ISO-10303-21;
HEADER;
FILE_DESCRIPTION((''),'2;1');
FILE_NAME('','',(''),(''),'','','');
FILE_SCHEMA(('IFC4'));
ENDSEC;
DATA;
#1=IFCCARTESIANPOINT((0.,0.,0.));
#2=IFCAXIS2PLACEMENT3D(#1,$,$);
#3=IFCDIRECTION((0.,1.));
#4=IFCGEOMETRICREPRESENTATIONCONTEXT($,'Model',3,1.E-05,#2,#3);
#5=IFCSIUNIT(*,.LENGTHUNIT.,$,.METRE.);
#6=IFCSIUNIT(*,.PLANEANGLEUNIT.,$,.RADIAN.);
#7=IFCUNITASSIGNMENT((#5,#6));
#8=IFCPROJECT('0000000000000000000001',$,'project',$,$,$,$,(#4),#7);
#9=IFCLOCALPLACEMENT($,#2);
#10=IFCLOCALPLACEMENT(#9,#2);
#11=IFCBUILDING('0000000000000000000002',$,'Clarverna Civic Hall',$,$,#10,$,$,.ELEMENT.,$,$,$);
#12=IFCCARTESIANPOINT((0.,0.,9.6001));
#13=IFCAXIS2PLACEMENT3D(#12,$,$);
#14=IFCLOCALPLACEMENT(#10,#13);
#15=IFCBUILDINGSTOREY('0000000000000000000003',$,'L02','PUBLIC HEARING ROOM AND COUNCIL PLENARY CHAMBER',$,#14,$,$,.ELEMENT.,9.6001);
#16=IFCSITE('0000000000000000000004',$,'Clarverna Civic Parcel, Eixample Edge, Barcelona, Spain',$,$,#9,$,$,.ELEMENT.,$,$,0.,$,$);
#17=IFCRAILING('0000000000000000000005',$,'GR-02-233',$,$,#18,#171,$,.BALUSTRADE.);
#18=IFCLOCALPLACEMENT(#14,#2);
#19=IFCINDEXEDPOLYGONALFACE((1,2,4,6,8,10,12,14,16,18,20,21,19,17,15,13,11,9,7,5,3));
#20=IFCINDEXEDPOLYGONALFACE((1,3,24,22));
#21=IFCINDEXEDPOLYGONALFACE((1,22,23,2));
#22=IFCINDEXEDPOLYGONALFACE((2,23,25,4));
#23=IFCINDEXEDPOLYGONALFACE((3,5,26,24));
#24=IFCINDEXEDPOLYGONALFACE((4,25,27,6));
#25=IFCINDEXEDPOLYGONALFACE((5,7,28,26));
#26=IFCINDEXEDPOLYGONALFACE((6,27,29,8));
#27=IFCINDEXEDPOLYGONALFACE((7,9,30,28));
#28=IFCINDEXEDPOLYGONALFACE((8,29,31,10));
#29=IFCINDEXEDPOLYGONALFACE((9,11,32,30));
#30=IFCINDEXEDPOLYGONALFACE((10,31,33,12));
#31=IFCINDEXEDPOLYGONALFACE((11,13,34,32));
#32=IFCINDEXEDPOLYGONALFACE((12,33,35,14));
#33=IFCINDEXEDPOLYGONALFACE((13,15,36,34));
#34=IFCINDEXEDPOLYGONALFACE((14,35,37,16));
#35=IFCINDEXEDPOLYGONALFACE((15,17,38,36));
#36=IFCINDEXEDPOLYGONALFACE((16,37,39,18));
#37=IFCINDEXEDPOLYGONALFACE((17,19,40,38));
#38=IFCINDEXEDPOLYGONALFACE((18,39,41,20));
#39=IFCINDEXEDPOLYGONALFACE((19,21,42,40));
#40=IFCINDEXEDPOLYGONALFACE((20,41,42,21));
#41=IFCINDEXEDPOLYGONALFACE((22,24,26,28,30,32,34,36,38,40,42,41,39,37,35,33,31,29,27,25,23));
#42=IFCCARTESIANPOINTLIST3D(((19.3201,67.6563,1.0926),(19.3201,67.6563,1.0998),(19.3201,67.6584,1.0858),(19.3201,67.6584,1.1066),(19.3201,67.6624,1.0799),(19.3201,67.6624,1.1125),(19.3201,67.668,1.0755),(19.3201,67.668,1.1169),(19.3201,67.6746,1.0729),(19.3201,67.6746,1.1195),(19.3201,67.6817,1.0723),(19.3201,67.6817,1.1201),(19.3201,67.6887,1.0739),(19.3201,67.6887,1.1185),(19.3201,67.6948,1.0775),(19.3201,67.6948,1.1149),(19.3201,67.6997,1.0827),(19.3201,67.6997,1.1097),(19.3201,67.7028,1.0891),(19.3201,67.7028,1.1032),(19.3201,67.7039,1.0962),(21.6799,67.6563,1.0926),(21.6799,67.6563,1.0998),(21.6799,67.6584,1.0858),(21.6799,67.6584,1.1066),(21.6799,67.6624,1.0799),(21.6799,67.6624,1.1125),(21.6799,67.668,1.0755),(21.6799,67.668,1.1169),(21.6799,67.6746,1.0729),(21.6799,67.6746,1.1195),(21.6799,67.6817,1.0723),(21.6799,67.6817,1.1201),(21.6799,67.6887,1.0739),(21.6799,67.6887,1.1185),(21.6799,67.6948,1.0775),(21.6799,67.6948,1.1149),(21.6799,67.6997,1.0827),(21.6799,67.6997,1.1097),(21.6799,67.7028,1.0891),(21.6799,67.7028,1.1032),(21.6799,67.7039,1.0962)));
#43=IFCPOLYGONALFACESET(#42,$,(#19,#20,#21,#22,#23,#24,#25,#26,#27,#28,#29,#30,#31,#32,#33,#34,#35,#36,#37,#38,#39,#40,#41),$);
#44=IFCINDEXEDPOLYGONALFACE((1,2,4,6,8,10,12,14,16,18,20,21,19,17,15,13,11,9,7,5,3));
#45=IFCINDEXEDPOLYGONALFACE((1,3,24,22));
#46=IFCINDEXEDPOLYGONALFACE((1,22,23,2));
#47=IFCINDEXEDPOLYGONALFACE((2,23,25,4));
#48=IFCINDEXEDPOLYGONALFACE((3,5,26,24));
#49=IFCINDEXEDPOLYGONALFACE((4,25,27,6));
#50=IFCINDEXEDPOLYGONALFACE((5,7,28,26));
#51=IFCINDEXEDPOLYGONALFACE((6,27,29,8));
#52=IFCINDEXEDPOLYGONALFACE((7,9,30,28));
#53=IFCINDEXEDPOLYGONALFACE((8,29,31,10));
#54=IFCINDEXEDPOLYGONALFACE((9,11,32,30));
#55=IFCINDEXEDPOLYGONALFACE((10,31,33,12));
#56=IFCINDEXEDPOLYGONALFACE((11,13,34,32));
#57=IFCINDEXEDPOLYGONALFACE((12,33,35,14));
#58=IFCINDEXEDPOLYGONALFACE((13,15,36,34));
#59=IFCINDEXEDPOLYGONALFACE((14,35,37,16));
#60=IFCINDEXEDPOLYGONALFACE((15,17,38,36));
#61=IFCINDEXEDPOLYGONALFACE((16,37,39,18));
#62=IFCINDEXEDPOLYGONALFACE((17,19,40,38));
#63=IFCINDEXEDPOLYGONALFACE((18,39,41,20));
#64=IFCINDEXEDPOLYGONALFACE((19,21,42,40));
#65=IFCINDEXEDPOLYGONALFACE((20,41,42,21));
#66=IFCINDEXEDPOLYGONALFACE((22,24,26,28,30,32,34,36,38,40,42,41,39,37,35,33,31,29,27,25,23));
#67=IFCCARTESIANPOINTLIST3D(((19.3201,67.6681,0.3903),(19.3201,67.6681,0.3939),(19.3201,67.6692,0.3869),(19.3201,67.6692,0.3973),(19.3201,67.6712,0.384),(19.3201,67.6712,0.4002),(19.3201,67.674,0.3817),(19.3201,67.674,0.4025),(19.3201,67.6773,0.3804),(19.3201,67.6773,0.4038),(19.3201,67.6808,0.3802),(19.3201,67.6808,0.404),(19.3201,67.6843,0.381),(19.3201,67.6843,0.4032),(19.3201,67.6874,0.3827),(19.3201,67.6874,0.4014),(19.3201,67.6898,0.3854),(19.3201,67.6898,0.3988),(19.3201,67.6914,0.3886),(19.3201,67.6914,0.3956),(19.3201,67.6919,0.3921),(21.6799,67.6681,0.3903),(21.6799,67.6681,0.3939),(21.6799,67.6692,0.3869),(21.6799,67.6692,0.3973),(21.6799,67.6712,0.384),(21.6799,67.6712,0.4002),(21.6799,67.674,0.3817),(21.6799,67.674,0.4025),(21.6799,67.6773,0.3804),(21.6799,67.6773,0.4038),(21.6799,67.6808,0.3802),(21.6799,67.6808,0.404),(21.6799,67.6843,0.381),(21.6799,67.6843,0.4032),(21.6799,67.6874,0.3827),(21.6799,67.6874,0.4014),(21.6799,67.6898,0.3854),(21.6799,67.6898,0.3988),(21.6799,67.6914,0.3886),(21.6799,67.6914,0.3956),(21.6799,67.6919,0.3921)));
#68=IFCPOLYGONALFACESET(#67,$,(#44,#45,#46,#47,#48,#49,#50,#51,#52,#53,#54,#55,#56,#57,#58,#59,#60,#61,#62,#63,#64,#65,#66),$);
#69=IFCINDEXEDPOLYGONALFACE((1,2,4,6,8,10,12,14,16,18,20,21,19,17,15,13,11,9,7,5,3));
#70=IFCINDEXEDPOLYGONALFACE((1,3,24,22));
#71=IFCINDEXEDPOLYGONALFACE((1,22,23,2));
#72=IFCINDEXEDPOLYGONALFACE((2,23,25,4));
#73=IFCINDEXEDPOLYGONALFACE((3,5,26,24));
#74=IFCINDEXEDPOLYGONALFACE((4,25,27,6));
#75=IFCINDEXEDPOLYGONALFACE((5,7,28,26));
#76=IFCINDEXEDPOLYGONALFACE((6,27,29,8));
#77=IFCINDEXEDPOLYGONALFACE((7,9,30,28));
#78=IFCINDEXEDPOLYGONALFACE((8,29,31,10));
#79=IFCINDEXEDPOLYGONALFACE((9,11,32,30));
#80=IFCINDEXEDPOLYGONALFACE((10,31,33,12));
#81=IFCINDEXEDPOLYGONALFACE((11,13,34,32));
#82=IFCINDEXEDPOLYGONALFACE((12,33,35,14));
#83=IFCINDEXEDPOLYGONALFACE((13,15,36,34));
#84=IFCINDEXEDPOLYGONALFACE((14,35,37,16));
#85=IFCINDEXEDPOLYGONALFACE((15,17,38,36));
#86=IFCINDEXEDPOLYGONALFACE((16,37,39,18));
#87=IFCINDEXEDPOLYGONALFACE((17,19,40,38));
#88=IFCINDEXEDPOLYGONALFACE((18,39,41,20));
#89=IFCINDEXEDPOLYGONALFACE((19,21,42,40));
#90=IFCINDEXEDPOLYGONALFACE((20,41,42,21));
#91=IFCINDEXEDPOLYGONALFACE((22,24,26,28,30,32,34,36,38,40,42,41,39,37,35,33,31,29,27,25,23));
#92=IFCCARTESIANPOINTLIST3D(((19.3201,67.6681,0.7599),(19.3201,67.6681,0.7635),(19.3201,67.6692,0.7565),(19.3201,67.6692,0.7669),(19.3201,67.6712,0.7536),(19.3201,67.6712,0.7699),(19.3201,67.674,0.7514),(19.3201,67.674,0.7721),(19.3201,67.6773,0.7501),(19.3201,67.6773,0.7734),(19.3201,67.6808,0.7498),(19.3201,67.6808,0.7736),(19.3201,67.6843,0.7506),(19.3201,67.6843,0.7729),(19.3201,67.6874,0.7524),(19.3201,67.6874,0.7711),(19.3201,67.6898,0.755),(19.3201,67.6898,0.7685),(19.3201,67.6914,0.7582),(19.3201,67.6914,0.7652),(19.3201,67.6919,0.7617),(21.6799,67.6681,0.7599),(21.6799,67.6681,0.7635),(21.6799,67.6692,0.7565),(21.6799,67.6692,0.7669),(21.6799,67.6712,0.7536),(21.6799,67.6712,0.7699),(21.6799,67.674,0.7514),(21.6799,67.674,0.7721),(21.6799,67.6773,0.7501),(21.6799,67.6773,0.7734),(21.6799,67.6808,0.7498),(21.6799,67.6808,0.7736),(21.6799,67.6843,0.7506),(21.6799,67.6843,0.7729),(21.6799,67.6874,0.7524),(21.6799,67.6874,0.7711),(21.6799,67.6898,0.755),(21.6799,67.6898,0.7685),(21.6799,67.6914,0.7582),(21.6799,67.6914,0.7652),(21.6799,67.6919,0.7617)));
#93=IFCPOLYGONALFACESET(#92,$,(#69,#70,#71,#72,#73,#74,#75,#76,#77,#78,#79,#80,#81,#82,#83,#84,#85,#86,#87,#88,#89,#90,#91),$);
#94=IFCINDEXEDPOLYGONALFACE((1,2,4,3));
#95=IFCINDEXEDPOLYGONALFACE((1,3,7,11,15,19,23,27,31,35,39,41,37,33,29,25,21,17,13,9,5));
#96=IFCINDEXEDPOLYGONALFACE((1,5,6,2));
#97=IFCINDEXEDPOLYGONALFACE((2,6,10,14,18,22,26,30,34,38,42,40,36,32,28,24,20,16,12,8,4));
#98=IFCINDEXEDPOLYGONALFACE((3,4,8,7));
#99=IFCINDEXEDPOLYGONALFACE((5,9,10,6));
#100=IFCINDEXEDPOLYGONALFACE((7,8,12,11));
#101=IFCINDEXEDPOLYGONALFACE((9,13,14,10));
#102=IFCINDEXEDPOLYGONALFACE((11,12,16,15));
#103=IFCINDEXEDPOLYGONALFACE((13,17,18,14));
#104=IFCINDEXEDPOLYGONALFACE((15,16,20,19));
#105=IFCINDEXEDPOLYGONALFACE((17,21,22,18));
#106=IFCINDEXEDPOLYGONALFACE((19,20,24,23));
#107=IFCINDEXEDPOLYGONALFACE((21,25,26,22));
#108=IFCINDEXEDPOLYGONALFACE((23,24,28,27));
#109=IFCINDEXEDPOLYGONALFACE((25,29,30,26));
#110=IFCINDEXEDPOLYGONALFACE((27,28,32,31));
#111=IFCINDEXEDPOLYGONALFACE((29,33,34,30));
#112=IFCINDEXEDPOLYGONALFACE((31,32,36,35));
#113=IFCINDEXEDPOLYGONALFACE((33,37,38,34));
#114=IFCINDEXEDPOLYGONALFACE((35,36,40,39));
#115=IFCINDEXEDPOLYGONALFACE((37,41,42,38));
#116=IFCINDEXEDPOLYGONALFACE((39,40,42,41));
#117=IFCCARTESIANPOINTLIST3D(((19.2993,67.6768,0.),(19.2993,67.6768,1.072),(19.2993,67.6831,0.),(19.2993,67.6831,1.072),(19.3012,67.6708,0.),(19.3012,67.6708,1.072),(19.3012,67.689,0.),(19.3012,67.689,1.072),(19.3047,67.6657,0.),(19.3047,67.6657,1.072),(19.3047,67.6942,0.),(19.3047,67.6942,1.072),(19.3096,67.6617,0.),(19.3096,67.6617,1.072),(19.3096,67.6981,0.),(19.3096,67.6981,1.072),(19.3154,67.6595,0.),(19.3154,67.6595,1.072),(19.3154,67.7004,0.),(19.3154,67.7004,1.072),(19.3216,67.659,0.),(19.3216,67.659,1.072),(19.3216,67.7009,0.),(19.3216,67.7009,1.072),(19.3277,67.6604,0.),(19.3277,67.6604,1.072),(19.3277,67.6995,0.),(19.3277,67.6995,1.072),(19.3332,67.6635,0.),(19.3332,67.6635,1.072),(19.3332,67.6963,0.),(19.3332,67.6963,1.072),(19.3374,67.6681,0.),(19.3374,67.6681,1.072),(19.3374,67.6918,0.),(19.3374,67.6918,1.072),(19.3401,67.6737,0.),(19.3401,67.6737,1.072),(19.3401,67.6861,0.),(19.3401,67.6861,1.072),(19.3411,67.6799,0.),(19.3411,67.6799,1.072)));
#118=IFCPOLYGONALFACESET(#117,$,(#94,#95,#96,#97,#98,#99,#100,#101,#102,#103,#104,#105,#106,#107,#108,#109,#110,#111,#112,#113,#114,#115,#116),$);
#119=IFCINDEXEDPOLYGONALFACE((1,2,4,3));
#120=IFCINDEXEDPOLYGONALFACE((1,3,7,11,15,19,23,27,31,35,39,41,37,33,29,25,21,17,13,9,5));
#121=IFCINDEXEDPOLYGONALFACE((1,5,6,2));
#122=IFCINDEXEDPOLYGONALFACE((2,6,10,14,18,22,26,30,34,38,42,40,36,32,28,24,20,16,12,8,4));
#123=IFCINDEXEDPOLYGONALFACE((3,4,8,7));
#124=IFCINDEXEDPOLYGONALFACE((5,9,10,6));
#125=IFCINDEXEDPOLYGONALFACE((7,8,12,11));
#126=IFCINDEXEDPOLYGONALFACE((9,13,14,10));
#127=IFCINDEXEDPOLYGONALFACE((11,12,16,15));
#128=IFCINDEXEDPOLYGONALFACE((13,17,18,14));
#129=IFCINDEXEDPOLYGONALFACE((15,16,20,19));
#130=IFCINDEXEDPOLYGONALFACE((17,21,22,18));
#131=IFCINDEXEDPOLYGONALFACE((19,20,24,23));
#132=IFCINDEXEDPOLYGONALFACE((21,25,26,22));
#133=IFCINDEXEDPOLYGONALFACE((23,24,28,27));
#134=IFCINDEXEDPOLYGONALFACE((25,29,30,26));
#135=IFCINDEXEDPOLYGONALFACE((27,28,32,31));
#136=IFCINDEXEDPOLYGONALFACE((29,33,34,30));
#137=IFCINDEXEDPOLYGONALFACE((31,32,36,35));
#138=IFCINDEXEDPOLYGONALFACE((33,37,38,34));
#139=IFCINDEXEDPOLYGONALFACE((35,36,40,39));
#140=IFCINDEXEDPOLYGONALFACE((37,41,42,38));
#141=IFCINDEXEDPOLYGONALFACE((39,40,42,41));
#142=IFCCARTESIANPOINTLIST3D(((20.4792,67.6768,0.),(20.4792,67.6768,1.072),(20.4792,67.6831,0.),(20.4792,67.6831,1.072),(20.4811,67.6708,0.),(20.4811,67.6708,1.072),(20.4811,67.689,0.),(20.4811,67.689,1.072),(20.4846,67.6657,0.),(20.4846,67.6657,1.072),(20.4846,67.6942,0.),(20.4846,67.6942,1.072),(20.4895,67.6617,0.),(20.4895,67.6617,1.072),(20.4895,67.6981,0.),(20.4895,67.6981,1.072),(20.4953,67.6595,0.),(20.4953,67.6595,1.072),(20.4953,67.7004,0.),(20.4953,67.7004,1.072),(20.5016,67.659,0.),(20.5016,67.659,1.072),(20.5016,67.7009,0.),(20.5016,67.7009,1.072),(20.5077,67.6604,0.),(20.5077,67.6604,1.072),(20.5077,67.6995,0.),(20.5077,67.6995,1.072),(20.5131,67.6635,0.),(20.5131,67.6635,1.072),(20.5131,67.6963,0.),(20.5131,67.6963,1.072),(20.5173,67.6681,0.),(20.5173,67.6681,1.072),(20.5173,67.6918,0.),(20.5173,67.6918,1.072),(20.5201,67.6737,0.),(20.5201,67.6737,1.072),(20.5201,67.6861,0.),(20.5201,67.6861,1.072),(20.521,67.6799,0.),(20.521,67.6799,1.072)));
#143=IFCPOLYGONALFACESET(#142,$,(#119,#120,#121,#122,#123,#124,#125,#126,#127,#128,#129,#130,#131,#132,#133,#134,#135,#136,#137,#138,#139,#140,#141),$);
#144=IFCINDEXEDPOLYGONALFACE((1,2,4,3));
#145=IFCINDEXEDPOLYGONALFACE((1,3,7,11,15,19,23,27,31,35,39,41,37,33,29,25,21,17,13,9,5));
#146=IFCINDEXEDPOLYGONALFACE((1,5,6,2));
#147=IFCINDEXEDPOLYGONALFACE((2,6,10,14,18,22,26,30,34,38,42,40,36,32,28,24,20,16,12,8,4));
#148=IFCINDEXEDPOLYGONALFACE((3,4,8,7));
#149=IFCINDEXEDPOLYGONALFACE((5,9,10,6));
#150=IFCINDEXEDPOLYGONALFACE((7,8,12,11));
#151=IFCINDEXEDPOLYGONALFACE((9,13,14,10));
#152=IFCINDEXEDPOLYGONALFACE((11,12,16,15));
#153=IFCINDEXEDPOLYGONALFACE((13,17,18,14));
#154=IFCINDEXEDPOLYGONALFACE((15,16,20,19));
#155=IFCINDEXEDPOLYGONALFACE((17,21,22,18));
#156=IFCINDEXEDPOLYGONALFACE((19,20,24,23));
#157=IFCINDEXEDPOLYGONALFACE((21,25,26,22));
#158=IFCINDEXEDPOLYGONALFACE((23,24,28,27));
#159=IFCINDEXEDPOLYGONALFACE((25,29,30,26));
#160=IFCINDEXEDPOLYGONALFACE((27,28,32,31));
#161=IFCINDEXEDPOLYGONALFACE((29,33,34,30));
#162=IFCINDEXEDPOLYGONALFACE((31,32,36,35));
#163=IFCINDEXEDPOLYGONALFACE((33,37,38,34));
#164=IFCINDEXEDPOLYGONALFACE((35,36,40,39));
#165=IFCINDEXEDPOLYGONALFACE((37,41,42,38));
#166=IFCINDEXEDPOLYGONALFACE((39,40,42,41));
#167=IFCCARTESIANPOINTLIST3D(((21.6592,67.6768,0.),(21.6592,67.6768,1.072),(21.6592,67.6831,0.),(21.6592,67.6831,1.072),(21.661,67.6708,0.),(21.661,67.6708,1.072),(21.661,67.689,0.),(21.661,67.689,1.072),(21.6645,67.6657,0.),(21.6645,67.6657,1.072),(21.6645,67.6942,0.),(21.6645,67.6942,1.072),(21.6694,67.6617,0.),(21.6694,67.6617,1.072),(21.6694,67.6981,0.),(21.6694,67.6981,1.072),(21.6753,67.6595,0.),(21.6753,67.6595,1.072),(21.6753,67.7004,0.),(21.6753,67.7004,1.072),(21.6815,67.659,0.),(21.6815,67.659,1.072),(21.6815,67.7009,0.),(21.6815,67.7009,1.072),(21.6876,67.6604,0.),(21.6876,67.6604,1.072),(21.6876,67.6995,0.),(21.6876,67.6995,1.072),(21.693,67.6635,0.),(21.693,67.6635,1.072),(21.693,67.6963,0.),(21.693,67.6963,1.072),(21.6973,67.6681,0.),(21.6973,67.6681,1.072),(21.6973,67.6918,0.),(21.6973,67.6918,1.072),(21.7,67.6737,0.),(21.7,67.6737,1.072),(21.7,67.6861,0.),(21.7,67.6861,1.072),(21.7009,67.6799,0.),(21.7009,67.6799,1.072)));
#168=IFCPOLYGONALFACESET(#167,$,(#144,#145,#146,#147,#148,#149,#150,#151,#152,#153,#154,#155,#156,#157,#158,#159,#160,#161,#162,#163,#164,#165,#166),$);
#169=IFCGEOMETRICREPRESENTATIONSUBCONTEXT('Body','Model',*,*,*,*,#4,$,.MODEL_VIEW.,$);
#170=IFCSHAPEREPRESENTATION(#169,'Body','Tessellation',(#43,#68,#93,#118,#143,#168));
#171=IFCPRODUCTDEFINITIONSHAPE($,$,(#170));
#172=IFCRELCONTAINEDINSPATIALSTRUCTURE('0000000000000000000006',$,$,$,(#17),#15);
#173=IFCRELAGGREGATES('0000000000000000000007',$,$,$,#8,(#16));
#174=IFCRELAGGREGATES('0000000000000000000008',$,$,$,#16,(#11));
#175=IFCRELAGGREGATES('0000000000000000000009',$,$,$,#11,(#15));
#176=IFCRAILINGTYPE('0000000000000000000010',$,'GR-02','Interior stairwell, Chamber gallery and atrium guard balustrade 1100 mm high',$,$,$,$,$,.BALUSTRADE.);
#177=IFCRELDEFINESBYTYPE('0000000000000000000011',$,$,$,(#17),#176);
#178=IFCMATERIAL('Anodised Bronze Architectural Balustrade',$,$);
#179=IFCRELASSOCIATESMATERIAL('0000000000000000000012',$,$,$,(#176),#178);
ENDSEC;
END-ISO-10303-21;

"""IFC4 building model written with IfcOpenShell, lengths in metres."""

from ifc_helpers import new_model, si_unit, direction, frame, origin, origin_2d, place, context, subcontext, project, spatial, circle, extrude, material, type_object, element, save


model = new_model("IFC4")

# Units and contexts
model_context = context("Model", 3, precision=1e-05, world=origin(), true_north=direction((0.0, 1.0)))
body_context = subcontext(model_context, "Body", "Model", "MODEL_VIEW")
ifc_project = project(units=[si_unit("LENGTHUNIT", "METRE"), si_unit("PLANEANGLEUNIT", "RADIAN")], contexts=[model_context])

# Site, building, storey
site_placement = place(None, origin())
site = spatial("IfcSite", under=ifc_project, at=site_placement, Name="Clarverna Civic Parcel, Eixample Edge, Barcelona, Spain", CompositionType="ELEMENT", RefElevation=0.0)
building_placement = place(site_placement, origin())
building = spatial("IfcBuilding", under=site, at=building_placement, Name="Clarverna Civic Hall", CompositionType="ELEMENT")
storey_placement = place(building_placement, frame((0.0, 0.0, 9.6001)))
storey = spatial("IfcBuildingStorey", under=building, at=storey_placement, Name="L02", Description="PUBLIC HEARING ROOM AND COUNCIL PLENARY CHAMBER", CompositionType="ELEMENT", Elevation=9.6001)

# Railing
ifc_material_1 = material(Name="Anodised Bronze Architectural Balustrade")
railing_type = type_object("IfcRailingType", Name="GR-02", Description="Interior stairwell, Chamber gallery and atrium guard balustrade 1100 mm high", PredefinedType="BALUSTRADE", material=ifc_material_1)
railing_1_placement = place(storey_placement, frame((19.3201, 67.6799, 0.0)))
element("IfcRailing", 1, at=railing_1_placement, inside=storey, type_object=railing_type, Name="GR-02-233", PredefinedType="BALUSTRADE", context=body_context, shape_type="SweptSolid", body=[
    extrude(circle(Radius=0.0239, at=origin_2d()), frame((0.0, 0.0, 1.0962), z_axis=(1.0, 0.0, 0.0), x_axis=(0.0, 1.0, 0.0)), (0.0, 0.0, 1.0), 2.3599),
    extrude(circle(Radius=0.012, at=origin_2d()), frame((0.0, 0.0, 0.3921), z_axis=(1.0, 0.0, 0.0), x_axis=(0.0, 1.0, 0.0)), (0.0, 0.0, 1.0), 2.3599),
    extrude(circle(Radius=0.012, at=origin_2d()), frame((0.0, 0.0, 0.7617), z_axis=(1.0, 0.0, 0.0), x_axis=(0.0, 1.0, 0.0)), (0.0, 0.0, 1.0), 2.3599),
    extrude(circle(Radius=0.021, at=origin_2d()), origin(), (0.0, 0.0, 1.0), 1.072),
    extrude(circle(Radius=0.021, at=origin_2d()), frame((1.1799, 0.0, 0.0)), (0.0, 0.0, 1.0), 1.072),
    extrude(circle(Radius=0.021, at=origin_2d()), frame((2.3599, 0.0, 0.0)), (0.0, 0.0, 1.0), 1.072),
])

save(model, "model.ifc")
